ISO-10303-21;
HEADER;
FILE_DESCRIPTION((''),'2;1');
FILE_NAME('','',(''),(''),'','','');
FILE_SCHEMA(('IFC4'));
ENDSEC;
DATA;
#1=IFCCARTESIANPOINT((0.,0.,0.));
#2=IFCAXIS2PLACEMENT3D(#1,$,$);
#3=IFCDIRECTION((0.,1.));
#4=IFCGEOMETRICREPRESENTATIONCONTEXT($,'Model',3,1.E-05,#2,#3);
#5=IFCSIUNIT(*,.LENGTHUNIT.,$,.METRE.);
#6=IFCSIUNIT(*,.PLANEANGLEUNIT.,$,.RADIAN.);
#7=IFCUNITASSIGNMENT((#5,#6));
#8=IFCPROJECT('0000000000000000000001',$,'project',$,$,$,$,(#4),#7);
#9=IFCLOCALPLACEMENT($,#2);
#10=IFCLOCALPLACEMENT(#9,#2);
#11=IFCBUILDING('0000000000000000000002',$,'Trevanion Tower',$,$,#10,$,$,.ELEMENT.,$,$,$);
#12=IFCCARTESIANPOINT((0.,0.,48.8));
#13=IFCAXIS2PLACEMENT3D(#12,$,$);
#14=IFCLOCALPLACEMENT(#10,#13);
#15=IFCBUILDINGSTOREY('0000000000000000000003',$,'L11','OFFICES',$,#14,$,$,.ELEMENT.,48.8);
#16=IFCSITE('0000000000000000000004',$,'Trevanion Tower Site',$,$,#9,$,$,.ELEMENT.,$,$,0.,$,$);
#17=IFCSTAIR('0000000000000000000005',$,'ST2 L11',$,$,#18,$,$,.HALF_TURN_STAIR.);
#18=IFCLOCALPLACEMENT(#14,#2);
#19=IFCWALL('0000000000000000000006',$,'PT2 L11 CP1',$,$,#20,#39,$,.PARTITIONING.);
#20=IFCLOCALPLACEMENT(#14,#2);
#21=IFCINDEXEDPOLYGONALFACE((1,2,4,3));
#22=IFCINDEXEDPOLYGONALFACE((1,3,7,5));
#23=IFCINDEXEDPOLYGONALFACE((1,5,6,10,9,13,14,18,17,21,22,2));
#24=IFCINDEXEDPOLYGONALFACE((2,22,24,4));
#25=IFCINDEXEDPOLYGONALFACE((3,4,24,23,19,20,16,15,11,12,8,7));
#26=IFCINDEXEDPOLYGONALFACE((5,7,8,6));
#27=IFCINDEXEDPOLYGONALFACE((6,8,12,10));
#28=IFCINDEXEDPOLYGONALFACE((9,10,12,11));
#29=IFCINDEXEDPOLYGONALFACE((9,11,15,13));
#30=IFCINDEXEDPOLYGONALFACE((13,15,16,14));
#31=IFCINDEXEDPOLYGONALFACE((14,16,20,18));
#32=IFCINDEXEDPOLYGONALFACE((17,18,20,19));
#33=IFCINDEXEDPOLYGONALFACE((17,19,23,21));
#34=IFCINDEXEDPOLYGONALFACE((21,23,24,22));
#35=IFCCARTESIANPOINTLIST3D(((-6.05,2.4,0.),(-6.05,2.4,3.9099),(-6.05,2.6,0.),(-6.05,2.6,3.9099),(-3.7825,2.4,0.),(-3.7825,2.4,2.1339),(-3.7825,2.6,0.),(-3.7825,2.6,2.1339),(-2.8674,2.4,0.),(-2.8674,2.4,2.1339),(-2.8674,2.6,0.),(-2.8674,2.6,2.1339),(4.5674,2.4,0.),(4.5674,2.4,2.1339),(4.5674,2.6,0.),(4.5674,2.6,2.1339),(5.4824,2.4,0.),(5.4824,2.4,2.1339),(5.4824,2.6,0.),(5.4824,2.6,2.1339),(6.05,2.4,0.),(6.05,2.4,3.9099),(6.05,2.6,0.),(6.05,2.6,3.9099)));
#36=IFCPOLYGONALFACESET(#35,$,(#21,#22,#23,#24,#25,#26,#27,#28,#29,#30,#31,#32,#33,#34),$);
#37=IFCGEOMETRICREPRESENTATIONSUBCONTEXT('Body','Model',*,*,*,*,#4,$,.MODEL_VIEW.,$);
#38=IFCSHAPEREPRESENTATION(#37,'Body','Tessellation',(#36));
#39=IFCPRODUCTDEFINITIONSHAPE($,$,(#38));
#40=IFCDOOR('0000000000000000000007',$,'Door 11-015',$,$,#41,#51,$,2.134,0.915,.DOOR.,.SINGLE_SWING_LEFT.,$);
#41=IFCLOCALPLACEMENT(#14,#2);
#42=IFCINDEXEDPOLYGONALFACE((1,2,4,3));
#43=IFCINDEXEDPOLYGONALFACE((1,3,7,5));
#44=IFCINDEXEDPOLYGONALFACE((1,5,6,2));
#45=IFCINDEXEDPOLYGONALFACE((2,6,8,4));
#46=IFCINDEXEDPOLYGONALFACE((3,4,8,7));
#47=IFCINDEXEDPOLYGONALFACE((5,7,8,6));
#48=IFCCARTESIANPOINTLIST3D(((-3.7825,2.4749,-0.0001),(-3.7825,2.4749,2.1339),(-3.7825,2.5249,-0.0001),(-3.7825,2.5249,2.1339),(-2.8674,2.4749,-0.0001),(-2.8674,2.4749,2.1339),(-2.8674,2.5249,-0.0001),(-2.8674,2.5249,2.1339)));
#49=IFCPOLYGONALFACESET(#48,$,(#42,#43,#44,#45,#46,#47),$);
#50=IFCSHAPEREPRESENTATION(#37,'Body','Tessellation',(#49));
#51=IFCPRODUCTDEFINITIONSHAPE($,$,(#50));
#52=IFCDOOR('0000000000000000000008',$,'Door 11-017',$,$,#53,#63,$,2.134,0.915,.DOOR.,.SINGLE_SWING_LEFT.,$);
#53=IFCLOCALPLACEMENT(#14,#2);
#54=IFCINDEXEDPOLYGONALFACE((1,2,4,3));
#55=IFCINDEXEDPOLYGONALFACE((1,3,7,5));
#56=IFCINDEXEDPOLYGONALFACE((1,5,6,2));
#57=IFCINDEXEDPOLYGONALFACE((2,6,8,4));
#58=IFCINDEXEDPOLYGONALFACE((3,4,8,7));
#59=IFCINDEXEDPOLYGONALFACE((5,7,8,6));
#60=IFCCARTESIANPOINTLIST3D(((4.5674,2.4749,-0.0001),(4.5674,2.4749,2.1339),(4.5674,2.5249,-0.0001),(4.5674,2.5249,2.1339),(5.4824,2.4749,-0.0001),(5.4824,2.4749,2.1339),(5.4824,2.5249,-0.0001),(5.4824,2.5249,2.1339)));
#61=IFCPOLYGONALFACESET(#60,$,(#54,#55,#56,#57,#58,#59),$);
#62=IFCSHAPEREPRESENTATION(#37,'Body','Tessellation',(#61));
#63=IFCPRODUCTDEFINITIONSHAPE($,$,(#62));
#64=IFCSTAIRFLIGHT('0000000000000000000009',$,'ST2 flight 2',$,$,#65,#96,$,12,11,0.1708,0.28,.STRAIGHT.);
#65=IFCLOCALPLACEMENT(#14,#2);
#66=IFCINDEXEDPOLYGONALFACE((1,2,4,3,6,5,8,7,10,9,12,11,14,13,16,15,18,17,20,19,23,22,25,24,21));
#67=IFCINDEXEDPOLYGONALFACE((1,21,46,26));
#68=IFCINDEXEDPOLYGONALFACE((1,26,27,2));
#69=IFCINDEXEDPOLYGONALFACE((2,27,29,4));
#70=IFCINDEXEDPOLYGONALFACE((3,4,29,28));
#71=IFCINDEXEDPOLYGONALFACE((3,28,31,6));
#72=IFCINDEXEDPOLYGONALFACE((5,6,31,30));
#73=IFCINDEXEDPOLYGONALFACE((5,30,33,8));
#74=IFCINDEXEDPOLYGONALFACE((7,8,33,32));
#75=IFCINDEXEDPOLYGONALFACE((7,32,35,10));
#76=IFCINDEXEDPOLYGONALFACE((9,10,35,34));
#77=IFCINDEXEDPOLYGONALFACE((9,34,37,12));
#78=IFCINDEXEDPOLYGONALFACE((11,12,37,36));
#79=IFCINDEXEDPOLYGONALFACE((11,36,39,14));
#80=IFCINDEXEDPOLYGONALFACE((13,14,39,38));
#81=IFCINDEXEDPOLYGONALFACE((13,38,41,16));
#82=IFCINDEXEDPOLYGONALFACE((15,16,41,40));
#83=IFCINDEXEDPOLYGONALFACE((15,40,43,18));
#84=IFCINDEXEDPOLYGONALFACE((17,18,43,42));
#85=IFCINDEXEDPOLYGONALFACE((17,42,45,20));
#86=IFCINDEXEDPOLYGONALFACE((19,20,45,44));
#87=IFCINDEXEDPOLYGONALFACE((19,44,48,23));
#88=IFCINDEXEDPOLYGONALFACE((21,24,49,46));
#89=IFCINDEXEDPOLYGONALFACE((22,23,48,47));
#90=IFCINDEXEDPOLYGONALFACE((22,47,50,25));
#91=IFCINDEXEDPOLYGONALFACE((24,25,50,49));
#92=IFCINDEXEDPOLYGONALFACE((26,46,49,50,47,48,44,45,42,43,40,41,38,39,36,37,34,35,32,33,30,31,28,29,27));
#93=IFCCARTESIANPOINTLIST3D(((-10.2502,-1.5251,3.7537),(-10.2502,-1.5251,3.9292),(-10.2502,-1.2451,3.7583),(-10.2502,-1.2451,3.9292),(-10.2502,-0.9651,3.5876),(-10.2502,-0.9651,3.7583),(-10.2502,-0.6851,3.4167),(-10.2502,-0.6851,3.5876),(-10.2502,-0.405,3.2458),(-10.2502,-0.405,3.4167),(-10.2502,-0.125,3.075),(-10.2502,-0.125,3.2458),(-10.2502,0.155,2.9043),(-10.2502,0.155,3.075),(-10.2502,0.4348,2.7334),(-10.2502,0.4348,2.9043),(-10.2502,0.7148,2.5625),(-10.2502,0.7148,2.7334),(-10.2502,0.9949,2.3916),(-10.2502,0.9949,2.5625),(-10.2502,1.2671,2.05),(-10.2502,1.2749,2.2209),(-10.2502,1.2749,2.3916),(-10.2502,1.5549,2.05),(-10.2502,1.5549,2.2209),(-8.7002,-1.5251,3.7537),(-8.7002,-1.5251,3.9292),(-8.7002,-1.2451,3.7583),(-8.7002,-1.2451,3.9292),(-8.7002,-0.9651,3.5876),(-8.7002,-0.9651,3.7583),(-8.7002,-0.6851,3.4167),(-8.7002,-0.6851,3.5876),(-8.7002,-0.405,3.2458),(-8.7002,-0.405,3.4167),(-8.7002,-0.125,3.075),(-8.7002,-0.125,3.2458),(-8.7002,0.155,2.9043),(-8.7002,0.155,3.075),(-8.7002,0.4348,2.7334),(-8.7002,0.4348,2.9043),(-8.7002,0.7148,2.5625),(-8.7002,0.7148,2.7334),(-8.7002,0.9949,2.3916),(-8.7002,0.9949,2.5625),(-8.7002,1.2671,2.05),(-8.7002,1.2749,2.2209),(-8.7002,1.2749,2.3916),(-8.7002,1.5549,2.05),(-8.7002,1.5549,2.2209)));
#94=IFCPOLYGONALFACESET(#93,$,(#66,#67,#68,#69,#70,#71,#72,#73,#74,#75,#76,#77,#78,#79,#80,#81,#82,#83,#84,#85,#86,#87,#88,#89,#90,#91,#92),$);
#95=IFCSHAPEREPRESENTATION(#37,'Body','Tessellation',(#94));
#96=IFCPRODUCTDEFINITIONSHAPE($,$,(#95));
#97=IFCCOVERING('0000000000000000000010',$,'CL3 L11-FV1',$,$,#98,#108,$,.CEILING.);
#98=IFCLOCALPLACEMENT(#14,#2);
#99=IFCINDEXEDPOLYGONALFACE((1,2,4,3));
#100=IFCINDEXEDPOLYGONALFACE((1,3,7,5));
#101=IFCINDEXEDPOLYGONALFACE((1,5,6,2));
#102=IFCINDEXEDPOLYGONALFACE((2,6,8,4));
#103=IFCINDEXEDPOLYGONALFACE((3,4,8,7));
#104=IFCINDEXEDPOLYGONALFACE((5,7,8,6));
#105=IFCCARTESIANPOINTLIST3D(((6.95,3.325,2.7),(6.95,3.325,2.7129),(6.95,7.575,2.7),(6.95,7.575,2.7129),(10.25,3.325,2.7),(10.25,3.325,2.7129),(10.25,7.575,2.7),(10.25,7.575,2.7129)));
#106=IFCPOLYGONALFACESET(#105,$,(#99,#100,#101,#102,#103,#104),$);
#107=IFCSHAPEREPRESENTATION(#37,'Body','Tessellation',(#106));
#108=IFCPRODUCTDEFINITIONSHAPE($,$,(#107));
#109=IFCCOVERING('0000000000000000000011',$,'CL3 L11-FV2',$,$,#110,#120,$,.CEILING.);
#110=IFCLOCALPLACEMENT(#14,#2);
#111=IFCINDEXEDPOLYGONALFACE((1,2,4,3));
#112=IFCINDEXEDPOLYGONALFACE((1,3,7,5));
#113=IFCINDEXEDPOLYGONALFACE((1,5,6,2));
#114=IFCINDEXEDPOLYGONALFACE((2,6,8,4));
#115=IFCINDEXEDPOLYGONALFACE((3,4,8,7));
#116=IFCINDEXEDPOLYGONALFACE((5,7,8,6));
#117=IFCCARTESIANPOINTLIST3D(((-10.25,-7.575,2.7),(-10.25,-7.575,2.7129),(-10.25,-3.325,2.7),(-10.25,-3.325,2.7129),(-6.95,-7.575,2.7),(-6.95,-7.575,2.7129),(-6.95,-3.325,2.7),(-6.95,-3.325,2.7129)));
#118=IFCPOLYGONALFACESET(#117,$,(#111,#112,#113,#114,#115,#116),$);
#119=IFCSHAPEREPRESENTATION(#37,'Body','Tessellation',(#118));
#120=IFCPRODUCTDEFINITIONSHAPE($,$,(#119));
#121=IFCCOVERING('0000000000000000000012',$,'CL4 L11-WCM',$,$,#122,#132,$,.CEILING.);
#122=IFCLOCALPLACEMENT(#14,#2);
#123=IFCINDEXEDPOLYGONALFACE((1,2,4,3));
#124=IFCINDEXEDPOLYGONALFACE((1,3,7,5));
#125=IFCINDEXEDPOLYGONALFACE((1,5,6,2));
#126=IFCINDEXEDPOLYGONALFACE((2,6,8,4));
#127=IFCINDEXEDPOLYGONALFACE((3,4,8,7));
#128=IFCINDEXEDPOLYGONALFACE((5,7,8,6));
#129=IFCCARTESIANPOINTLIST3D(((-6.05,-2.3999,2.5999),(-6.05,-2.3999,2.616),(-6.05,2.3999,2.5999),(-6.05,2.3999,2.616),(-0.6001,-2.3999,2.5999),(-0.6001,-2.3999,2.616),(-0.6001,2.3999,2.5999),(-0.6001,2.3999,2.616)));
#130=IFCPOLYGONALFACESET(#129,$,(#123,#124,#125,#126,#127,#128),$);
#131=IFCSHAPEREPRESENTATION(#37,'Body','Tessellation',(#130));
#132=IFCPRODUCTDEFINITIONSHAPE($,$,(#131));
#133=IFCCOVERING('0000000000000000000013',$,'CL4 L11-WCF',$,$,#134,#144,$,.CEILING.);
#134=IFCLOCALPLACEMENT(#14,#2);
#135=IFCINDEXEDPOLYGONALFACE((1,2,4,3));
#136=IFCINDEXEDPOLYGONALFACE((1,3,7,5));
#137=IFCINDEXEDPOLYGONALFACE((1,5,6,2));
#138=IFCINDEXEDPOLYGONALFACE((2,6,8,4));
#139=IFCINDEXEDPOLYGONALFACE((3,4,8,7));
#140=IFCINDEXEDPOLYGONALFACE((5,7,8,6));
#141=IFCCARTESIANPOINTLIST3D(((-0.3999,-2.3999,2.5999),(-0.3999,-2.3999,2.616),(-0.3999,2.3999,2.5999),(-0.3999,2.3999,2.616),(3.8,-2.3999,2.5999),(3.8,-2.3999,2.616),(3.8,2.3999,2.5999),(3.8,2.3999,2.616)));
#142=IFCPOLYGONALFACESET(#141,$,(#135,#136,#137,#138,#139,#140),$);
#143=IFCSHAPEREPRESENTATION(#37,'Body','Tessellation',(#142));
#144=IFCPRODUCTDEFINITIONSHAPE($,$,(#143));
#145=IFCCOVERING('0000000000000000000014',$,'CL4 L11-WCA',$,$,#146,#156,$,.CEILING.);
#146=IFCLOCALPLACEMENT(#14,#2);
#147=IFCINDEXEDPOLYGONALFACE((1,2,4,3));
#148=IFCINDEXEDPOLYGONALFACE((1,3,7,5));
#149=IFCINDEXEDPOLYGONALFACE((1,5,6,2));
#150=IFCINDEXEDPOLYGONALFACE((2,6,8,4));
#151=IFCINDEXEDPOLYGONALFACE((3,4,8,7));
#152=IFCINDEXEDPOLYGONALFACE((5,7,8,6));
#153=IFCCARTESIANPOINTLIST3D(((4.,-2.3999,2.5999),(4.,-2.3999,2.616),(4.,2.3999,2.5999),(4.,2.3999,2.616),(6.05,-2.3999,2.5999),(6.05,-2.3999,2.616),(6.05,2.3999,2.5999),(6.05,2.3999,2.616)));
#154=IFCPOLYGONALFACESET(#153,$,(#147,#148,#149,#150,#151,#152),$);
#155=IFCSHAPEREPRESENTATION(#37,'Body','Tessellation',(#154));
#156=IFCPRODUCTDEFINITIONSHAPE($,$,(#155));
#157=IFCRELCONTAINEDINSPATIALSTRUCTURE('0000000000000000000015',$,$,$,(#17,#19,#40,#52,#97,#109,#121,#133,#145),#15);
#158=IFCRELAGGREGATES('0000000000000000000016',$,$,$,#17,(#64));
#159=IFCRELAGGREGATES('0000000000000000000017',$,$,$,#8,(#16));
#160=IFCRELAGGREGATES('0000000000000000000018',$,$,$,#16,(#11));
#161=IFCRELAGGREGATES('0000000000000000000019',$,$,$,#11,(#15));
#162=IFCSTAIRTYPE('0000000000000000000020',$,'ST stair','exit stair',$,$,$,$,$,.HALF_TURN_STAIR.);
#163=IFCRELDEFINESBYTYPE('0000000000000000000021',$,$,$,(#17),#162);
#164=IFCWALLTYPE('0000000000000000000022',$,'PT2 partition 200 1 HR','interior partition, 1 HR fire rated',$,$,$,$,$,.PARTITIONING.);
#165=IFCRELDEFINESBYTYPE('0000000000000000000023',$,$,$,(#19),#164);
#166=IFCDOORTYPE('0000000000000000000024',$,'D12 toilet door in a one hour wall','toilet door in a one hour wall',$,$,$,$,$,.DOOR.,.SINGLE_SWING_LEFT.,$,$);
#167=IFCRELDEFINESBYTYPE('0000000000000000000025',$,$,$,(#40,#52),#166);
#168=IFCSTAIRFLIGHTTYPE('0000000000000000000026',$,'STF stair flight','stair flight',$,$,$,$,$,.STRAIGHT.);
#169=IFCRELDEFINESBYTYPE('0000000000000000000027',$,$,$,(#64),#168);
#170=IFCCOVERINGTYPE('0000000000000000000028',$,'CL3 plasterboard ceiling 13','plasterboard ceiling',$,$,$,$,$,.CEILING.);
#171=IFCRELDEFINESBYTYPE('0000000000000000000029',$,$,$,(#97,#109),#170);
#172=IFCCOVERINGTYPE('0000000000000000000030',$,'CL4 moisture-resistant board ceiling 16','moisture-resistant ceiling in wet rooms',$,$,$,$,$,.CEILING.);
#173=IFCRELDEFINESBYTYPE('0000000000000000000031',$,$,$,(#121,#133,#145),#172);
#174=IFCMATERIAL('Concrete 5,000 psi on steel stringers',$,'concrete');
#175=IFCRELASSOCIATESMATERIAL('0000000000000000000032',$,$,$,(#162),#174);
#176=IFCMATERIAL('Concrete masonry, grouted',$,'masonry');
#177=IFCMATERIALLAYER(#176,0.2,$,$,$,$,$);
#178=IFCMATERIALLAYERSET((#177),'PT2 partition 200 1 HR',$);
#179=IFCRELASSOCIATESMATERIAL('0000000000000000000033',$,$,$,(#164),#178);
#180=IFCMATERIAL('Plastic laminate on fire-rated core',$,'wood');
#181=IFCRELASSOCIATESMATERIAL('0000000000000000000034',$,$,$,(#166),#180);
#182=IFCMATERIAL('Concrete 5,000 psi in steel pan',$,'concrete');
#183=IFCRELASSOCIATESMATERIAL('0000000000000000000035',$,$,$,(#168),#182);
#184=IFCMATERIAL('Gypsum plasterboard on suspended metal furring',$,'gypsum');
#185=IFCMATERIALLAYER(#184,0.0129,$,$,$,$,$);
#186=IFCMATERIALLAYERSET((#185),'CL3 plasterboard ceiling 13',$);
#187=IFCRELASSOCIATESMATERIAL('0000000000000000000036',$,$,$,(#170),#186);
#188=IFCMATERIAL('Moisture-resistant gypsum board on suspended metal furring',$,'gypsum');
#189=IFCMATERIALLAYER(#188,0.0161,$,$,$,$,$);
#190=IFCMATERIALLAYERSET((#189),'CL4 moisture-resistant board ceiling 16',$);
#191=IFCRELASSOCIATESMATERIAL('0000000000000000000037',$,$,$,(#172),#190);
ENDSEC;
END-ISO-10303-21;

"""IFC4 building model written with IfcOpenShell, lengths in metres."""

from ifc_helpers import new_model, si_unit, direction, frame, frame_2d, origin, place, context, subcontext, project, spatial, polyline, rectangle, outline, extrude, material, layer, layer_set, type_object, element, fill, aggregate, save


model = new_model("IFC4")

# Units and contexts
model_context = context("Model", 3, precision=1e-05, world=origin(), true_north=direction((0.0, 1.0)))
body_context = subcontext(model_context, "Body", "Model", "MODEL_VIEW")
ifc_project = project(units=[si_unit("LENGTHUNIT", "METRE"), si_unit("PLANEANGLEUNIT", "RADIAN")], contexts=[model_context])

# Site, building, storey
site_placement = place(None, origin())
site = spatial("IfcSite", under=ifc_project, at=site_placement, Name="Trevanion Tower Site", CompositionType="ELEMENT", RefElevation=0.0)
building_placement = place(site_placement, origin())
building = spatial("IfcBuilding", under=site, at=building_placement, Name="Trevanion Tower", CompositionType="ELEMENT")
storey_placement = place(building_placement, frame((0.0, 0.0, 48.8)))
storey = spatial("IfcBuildingStorey", under=building, at=storey_placement, Name="L11", Description="OFFICES", CompositionType="ELEMENT", Elevation=48.8)

# Stair
ifc_material_1 = material(Name="Concrete 5,000 psi on steel stringers", Category="concrete")
stair_type = type_object("IfcStairType", Name="ST stair", Description="exit stair", PredefinedType="HALF_TURN_STAIR", material=ifc_material_1)
stair_1_placement = place(storey_placement, origin())
stair_1 = element("IfcStair", 1, at=stair_1_placement, inside=storey, type_object=stair_type, Name="ST2 L11", PredefinedType="HALF_TURN_STAIR")

# Wall, openings, doors
ifc_material_2 = material(Name="Concrete masonry, grouted", Category="masonry")
ifc_layer_1 = layer(ifc_material_2, 0.2)
ifc_layer_set_1 = layer_set([ifc_layer_1], Name="PT2 partition 200 1 HR")
wall_type = type_object("IfcWallType", Name="PT2 partition 200 1 HR", Description="interior partition, 1 HR fire rated", PredefinedType="PARTITIONING", material=ifc_layer_set_1)
wall_placement = place(storey_placement, frame((-6.05, 2.5, 0.0), z_axis=(0.0, 0.0, 1.0), x_axis=(1.0, 0.0, 0.0)))
wall = element("IfcWall", 2, at=wall_placement, inside=storey, type_object=wall_type, Name="PT2 L11 CP1", PredefinedType="PARTITIONING", context=body_context, shape_type="SweptSolid", body=[
    extrude(rectangle(XDim=12.1001, YDim=0.2, at=frame_2d((6.05, 0.0))), origin(), (0.0, 0.0, 1.0), 3.9099),
])
opening_1_placement = place(wall_placement, frame((2.2676, 0.0, 0.0)))
opening_1 = element("IfcOpeningElement", 3, at=opening_1_placement, cuts=wall, PredefinedType="OPENING", context=body_context, shape_type="SweptSolid", body=[
    extrude(rectangle(XDim=0.915, YDim=2.134, at=frame_2d((0.4575, 1.0669))), frame((0.0, 0.1099, 0.0), z_axis=(0.0, -1.0, 0.0), x_axis=(1.0, 0.0, 0.0)), (0.0, 0.0, 1.0), 0.22),
])
opening_2_placement = place(wall_placement, frame((10.6174, 0.0, 0.0)))
opening_2 = element("IfcOpeningElement", 4, at=opening_2_placement, cuts=wall, PredefinedType="OPENING", context=body_context, shape_type="SweptSolid", body=[
    extrude(rectangle(XDim=0.915, YDim=2.134, at=frame_2d((0.4575, 1.0669))), frame((0.0, 0.1099, 0.0), z_axis=(0.0, -1.0, 0.0), x_axis=(1.0, 0.0, 0.0)), (0.0, 0.0, 1.0), 0.22),
])
ifc_material_3 = material(Name="Plastic laminate on fire-rated core", Category="wood")
door_type = type_object("IfcDoorType", Name="D12 toilet door in a one hour wall", Description="toilet door in a one hour wall", OperationType="SINGLE_SWING_LEFT", PredefinedType="DOOR", material=ifc_material_3)
door_1_placement = place(opening_1_placement, origin())
door_1 = element("IfcDoor", 5, at=door_1_placement, inside=storey, type_object=door_type, Name="Door 11-015", OperationType="SINGLE_SWING_LEFT", OverallHeight=2.134, OverallWidth=0.915, PredefinedType="DOOR", context=body_context, shape_type="SweptSolid", body=[
    extrude(rectangle(XDim=0.915, YDim=2.134, at=frame_2d((0.4575, 1.0669))), frame((0.0, 0.0249, 0.0), z_axis=(0.0, -1.0, 0.0), x_axis=(1.0, 0.0, 0.0)), (0.0, 0.0, 1.0), 0.05),
])
fill(opening_1, door_1)
door_2_placement = place(opening_2_placement, origin())
door_2 = element("IfcDoor", 6, at=door_2_placement, inside=storey, type_object=door_type, Name="Door 11-017", OperationType="SINGLE_SWING_LEFT", OverallHeight=2.134, OverallWidth=0.915, PredefinedType="DOOR", context=body_context, shape_type="SweptSolid", body=[
    extrude(rectangle(XDim=0.915, YDim=2.134, at=frame_2d((0.4575, 1.0669))), frame((0.0, 0.0249, 0.0), z_axis=(0.0, -1.0, 0.0), x_axis=(1.0, 0.0, 0.0)), (0.0, 0.0, 1.0), 0.05),
])
fill(opening_2, door_2)

# Stair flight
ifc_material_4 = material(Name="Concrete 5,000 psi in steel pan", Category="concrete")
stair_flight_type = type_object("IfcStairFlightType", Name="STF stair flight", Description="stair flight", PredefinedType="STRAIGHT", material=ifc_material_4)
stair_flight_placement = place(storey_placement, frame((-9.4751, 1.5549, 2.05), z_axis=(0.0, 0.0, 1.0), x_axis=(0.0, -1.0, 0.0)))
stair_flight = element("IfcStairFlight", 7, at=stair_flight_placement, type_object=stair_flight_type, Name="ST2 flight 2", NumberOfRisers=12, NumberOfTreads=11, PredefinedType="STRAIGHT", RiserHeight=0.1708, TreadLength=0.28, context=body_context, shape_type="SweptSolid", body=[
    extrude(outline(polyline([(0.0, 0.0), (0.0, 0.1709), (0.28, 0.1709), (0.28, 0.3416), (0.5601, 0.3416), (0.5601, 0.5125), (0.8401, 0.5125), (0.8401, 0.6833), (1.1201, 0.6833), (1.1201, 0.8542), (1.3999, 0.8542), (1.3999, 1.0249), (1.6799, 1.0249), (1.6799, 1.1958), (1.96, 1.1958), (1.96, 1.3667), (2.24, 1.3667), (2.24, 1.5376), (2.52, 1.5376), (2.52, 1.7083), (2.8, 1.7083), (2.8, 1.8792), (3.0801, 1.8792), (3.0801, 2.05), (3.0801, 1.7036), (0.2878, 0.0), (0.0, 0.0)])), frame((0.0, 0.7749, 0.0), z_axis=(0.0, -1.0, 0.0), x_axis=(1.0, 0.0, 0.0)), (0.0, 0.0, 1.0), 1.55),
])
aggregate(stair_1, [stair_flight])

# Coverings
ifc_material_5 = material(Name="Gypsum plasterboard on suspended metal furring", Category="gypsum")
ifc_layer_2 = layer(ifc_material_5, 0.0129)
ifc_layer_set_2 = layer_set([ifc_layer_2], Name="CL3 plasterboard ceiling 13")
covering_type_1 = type_object("IfcCoveringType", Name="CL3 plasterboard ceiling 13", Description="plasterboard ceiling", PredefinedType="CEILING", material=ifc_layer_set_2)
covering_1_placement = place(storey_placement, frame((0.0, 0.0, 2.7)))
element("IfcCovering", 8, at=covering_1_placement, inside=storey, type_object=covering_type_1, Name="CL3 L11-FV1", PredefinedType="CEILING", context=body_context, shape_type="SweptSolid", body=[
    extrude(outline(polyline([(10.25, 3.325), (10.25, 7.575), (6.95, 7.575), (6.95, 3.325), (10.25, 3.325)])), origin(), (0.0, 0.0, 1.0), 0.0129),
])
covering_2_placement = place(storey_placement, frame((0.0, 0.0, 2.7)))
element("IfcCovering", 9, at=covering_2_placement, inside=storey, type_object=covering_type_1, Name="CL3 L11-FV2", PredefinedType="CEILING", context=body_context, shape_type="SweptSolid", body=[
    extrude(outline(polyline([(-10.25, -3.325), (-10.25, -7.575), (-6.95, -7.575), (-6.95, -3.325), (-10.25, -3.325)])), origin(), (0.0, 0.0, 1.0), 0.0129),
])
ifc_material_6 = material(Name="Moisture-resistant gypsum board on suspended metal furring", Category="gypsum")
ifc_layer_3 = layer(ifc_material_6, 0.0161)
ifc_layer_set_3 = layer_set([ifc_layer_3], Name="CL4 moisture-resistant board ceiling 16")
covering_type_2 = type_object("IfcCoveringType", Name="CL4 moisture-resistant board ceiling 16", Description="moisture-resistant ceiling in wet rooms", PredefinedType="CEILING", material=ifc_layer_set_3)
covering_3_placement = place(storey_placement, frame((0.0, 0.0, 2.5999)))
element("IfcCovering", 10, at=covering_3_placement, inside=storey, type_object=covering_type_2, Name="CL4 L11-WCM", PredefinedType="CEILING", context=body_context, shape_type="SweptSolid", body=[
    extrude(outline(polyline([(-0.6001, -2.3999), (-0.6001, 2.3999), (-6.05, 2.3999), (-6.05, -2.3999), (-0.6001, -2.3999)])), origin(), (0.0, 0.0, 1.0), 0.0161),
])
covering_4_placement = place(storey_placement, frame((0.0, 0.0, 2.5999)))
element("IfcCovering", 11, at=covering_4_placement, inside=storey, type_object=covering_type_2, Name="CL4 L11-WCF", PredefinedType="CEILING", context=body_context, shape_type="SweptSolid", body=[
    extrude(outline(polyline([(3.8, -2.3999), (3.8, 2.3999), (-0.3999, 2.3999), (-0.3999, -2.3999), (3.8, -2.3999)])), origin(), (0.0, 0.0, 1.0), 0.0161),
])
covering_5_placement = place(storey_placement, frame((0.0, 0.0, 2.5999)))
element("IfcCovering", 12, at=covering_5_placement, inside=storey, type_object=covering_type_2, Name="CL4 L11-WCA", PredefinedType="CEILING", context=body_context, shape_type="SweptSolid", body=[
    extrude(outline(polyline([(6.05, -2.3999), (6.05, 2.3999), (4.0, 2.3999), (4.0, -2.3999), (6.05, -2.3999)])), origin(), (0.0, 0.0, 1.0), 0.0161),
])

save(model, "model.ifc")
